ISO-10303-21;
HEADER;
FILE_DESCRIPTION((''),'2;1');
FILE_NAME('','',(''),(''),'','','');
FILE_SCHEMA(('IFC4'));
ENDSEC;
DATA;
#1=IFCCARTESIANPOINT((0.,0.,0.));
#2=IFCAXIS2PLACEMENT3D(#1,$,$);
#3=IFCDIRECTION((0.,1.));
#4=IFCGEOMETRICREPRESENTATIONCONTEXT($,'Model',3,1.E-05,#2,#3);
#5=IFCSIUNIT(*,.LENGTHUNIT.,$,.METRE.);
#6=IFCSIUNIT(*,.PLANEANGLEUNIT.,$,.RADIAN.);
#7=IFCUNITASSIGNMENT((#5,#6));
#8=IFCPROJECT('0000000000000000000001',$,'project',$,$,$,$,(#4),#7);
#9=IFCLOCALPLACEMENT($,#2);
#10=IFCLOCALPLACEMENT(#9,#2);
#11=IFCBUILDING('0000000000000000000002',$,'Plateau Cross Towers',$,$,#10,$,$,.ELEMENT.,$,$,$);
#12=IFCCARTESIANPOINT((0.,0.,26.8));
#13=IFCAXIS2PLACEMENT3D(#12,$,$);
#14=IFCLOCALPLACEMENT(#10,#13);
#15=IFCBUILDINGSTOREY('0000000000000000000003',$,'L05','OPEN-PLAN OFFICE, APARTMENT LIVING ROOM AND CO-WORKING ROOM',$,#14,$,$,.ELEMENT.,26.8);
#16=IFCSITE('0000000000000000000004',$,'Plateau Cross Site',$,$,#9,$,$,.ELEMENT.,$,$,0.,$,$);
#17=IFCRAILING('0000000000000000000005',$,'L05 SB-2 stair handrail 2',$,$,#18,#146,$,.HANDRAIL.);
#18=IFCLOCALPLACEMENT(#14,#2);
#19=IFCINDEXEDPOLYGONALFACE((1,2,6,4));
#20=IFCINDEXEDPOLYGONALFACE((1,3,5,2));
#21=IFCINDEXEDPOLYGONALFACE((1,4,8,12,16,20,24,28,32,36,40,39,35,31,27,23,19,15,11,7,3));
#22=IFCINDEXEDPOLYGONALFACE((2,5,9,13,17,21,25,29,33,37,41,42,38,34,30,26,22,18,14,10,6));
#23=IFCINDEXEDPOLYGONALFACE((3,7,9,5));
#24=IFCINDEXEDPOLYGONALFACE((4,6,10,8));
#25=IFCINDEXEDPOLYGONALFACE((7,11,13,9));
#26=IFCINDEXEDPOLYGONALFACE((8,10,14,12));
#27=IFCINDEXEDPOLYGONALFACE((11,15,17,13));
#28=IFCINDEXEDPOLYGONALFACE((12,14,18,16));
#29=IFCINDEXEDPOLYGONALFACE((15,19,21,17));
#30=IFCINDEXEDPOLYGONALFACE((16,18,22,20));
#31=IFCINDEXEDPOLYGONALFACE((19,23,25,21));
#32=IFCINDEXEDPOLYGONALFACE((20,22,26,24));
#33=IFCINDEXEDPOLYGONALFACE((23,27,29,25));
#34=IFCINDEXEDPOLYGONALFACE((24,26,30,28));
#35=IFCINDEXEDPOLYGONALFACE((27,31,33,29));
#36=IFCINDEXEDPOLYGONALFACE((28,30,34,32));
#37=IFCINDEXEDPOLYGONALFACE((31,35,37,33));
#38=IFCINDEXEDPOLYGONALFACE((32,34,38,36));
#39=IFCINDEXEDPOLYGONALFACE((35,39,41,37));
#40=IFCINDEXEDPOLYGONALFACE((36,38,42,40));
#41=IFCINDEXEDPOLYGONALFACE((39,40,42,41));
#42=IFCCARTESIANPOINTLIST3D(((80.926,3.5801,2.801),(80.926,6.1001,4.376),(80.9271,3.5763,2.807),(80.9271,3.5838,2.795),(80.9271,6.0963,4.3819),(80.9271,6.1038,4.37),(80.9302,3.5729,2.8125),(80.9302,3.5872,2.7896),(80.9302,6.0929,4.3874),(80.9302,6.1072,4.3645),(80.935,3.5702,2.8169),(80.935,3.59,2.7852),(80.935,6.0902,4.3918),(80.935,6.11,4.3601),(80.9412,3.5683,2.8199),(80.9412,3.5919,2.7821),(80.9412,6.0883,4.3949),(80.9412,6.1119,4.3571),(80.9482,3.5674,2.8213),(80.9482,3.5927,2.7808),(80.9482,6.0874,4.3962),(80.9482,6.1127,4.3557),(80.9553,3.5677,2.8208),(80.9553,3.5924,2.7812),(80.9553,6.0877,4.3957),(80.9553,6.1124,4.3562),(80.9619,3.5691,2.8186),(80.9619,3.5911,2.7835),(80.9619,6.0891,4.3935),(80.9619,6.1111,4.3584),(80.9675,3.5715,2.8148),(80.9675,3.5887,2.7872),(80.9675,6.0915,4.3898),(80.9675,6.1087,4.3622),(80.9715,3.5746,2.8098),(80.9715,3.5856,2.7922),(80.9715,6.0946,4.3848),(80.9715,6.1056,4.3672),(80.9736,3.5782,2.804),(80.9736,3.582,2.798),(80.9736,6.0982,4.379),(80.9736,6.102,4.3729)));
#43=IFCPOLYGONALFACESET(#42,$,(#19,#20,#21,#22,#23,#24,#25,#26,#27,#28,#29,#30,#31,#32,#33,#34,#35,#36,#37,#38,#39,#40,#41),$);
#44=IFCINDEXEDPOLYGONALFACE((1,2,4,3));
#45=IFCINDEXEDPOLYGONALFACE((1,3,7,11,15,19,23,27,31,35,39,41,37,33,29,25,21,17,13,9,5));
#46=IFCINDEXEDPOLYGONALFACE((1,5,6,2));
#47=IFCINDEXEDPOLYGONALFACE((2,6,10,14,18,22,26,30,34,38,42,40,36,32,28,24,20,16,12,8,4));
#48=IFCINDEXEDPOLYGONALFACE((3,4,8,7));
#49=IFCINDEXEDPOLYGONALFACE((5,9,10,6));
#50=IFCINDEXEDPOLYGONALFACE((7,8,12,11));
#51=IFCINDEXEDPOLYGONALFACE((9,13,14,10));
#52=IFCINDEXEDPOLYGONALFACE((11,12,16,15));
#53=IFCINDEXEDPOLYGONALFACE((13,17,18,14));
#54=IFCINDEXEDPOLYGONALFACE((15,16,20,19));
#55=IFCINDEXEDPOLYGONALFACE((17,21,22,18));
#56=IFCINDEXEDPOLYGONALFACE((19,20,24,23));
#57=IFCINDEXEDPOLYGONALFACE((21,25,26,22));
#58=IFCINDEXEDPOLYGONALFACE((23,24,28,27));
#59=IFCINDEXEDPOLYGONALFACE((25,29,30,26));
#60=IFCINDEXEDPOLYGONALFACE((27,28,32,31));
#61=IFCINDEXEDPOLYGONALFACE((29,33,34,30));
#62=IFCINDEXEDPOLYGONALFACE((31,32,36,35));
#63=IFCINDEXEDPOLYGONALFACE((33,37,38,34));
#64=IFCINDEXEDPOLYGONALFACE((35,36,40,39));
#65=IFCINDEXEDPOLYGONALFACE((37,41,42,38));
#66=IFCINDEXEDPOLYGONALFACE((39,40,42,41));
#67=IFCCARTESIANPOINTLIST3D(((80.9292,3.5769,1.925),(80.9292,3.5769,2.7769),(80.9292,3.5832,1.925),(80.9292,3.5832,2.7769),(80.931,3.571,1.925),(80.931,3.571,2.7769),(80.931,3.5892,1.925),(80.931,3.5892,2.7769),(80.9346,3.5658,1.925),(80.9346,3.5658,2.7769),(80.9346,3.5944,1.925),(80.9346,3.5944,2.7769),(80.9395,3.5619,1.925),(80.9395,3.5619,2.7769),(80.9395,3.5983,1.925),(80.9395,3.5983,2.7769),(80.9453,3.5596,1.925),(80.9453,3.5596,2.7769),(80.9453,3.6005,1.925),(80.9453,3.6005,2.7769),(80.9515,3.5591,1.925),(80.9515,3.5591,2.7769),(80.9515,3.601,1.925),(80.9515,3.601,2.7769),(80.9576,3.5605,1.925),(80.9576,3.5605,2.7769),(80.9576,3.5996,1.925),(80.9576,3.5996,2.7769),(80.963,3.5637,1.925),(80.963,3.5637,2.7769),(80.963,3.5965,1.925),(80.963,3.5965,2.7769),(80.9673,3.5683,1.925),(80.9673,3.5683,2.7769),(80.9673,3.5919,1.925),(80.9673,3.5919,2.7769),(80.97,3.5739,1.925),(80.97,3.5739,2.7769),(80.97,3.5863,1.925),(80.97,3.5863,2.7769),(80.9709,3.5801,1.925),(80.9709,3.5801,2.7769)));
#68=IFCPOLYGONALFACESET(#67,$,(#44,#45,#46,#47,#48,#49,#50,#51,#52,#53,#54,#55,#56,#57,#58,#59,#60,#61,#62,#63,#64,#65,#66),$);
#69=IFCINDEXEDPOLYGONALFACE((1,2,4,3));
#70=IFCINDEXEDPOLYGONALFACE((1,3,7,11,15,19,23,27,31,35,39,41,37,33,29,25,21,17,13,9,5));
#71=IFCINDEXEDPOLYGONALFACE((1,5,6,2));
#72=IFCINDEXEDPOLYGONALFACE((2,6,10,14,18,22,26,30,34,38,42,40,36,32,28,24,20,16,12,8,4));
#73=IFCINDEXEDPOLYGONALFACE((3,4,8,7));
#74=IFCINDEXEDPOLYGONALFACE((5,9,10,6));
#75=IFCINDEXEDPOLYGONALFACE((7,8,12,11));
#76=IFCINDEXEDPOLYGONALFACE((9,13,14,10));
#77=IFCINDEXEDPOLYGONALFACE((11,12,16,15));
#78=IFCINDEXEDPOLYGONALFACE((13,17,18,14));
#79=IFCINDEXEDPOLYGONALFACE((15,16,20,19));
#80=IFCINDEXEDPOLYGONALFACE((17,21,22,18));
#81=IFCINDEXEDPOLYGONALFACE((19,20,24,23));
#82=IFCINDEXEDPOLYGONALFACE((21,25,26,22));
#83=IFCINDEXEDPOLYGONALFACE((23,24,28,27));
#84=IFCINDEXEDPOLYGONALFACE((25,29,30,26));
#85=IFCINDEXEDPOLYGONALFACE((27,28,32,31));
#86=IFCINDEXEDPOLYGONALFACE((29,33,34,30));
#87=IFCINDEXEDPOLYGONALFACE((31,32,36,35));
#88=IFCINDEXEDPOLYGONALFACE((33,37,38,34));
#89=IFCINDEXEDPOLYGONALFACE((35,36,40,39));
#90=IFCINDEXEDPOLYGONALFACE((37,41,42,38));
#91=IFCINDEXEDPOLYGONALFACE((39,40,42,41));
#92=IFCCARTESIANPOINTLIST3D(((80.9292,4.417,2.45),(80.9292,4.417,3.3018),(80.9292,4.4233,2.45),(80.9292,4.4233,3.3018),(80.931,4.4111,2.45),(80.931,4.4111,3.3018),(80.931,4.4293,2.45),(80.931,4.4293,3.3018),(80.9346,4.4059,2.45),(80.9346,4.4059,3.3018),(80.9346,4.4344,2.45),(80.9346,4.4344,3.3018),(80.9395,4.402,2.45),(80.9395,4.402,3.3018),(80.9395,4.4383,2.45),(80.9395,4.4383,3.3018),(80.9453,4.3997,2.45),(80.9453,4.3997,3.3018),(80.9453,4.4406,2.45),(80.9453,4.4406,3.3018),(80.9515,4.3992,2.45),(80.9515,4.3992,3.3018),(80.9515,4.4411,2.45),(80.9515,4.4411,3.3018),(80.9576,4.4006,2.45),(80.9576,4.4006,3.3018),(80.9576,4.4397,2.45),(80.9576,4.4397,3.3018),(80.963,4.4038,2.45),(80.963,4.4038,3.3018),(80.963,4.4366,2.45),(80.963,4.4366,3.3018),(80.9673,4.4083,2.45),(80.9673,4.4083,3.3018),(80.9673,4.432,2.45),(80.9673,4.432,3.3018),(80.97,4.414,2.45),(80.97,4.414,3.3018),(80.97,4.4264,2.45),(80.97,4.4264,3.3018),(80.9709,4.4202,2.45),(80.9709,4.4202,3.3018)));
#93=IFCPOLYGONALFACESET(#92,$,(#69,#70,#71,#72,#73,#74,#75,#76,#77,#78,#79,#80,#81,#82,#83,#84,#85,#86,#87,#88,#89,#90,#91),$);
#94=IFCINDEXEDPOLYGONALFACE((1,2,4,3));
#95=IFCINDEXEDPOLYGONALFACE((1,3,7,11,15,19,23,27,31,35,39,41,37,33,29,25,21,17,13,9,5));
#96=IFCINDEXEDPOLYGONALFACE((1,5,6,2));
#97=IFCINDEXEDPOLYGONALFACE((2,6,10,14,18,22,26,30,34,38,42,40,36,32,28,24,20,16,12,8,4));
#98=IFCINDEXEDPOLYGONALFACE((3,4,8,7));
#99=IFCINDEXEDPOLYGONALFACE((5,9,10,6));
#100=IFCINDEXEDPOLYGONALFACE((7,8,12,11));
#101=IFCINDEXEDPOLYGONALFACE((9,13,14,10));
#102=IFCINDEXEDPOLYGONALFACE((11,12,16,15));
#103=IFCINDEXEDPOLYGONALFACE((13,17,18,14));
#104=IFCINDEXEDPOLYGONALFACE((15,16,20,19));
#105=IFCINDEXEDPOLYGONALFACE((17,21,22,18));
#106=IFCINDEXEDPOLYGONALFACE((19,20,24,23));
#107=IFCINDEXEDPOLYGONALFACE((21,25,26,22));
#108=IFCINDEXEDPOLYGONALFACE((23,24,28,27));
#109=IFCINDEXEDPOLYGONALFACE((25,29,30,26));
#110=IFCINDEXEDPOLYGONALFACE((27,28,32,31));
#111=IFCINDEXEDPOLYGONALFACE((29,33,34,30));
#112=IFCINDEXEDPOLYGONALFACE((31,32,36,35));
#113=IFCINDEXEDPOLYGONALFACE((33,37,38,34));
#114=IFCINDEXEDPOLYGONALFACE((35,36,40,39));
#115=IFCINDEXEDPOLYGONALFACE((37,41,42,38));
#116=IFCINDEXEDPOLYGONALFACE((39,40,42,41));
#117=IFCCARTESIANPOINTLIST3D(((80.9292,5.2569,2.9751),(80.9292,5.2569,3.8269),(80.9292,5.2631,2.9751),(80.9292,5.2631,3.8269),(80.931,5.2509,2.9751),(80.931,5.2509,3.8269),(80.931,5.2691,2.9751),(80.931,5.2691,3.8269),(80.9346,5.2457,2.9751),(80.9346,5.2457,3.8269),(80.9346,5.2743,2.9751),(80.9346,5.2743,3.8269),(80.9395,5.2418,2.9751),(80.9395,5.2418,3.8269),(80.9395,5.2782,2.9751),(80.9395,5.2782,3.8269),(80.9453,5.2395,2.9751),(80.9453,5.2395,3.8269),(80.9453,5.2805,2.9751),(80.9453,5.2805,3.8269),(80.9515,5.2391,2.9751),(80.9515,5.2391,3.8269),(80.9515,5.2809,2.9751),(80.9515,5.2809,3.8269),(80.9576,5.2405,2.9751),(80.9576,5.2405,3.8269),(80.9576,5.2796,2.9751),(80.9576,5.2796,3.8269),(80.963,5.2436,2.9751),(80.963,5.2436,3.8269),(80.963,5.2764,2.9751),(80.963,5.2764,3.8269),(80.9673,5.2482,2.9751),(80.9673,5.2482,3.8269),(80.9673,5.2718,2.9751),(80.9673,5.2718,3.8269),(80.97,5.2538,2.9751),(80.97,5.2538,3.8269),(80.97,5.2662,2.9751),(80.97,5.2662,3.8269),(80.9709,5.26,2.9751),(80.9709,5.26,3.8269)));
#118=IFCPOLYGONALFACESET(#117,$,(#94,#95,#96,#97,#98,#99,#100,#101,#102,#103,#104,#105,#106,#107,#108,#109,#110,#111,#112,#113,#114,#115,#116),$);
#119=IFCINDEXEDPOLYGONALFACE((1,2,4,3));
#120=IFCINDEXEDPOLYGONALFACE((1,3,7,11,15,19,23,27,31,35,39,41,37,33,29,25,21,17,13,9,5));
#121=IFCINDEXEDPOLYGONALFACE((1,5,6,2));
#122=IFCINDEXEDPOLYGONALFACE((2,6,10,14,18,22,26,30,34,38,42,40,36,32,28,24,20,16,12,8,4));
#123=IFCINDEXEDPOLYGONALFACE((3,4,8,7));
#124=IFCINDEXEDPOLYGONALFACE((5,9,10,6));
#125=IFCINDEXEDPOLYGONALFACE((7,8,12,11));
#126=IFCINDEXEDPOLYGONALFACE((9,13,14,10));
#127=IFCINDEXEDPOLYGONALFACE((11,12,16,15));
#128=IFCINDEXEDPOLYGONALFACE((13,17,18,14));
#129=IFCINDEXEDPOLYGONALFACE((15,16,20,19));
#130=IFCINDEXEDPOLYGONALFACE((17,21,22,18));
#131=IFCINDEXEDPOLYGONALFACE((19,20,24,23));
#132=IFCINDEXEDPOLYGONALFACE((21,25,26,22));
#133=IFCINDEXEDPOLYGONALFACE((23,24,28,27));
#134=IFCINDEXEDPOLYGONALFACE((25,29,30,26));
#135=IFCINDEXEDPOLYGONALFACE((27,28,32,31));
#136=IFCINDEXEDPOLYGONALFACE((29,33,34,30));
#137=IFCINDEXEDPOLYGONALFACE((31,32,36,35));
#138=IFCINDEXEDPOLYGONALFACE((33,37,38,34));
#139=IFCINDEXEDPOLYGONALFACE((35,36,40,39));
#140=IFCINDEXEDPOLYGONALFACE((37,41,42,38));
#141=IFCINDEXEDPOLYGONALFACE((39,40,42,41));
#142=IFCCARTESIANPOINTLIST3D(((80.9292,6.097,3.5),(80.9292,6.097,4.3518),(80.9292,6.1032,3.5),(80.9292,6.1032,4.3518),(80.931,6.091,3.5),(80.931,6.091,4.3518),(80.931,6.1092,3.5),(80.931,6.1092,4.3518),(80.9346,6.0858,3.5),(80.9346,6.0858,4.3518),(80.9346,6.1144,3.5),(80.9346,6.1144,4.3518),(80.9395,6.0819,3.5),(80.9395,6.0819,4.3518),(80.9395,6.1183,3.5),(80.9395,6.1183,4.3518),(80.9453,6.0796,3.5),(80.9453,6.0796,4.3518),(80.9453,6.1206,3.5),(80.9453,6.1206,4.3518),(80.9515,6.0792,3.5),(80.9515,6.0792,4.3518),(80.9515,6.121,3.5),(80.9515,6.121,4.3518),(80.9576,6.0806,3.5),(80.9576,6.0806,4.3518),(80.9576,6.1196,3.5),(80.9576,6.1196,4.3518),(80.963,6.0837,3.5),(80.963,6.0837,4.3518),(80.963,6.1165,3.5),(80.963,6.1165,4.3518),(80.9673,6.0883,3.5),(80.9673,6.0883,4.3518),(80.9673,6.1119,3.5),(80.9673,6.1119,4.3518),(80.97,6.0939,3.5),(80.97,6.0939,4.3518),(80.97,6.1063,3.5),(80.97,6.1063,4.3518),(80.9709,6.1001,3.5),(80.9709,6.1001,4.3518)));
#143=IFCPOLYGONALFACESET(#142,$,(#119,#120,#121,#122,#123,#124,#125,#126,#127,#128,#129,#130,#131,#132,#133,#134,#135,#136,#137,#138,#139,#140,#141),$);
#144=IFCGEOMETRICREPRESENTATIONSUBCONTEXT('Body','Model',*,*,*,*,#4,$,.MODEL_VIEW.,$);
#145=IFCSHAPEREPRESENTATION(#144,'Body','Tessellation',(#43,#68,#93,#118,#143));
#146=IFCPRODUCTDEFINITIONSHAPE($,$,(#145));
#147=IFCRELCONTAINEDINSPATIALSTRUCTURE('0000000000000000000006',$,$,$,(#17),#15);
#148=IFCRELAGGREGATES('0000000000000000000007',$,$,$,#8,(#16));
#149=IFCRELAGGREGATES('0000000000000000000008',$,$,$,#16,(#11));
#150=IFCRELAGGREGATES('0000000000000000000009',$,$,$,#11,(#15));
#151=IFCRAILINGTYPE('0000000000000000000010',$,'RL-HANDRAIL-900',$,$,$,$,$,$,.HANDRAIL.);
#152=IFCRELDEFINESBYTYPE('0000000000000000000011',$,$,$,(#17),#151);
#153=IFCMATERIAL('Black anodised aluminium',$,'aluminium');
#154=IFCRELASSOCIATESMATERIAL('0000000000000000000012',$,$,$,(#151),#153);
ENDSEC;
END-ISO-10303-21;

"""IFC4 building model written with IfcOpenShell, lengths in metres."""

from ifc_helpers import new_model, si_unit, direction, frame, origin, origin_2d, place, context, subcontext, project, spatial, circle, extrude, material, type_object, element, save


model = new_model("IFC4")

# Units and contexts
model_context = context("Model", 3, precision=1e-05, world=origin(), true_north=direction((0.0, 1.0)))
body_context = subcontext(model_context, "Body", "Model", "MODEL_VIEW")
ifc_project = project(units=[si_unit("LENGTHUNIT", "METRE"), si_unit("PLANEANGLEUNIT", "RADIAN")], contexts=[model_context])

# Site, building, storey
site_placement = place(None, origin())
site = spatial("IfcSite", under=ifc_project, at=site_placement, Name="Plateau Cross Site", CompositionType="ELEMENT", RefElevation=0.0)
building_placement = place(site_placement, origin())
building = spatial("IfcBuilding", under=site, at=building_placement, Name="Plateau Cross Towers", CompositionType="ELEMENT")
storey_placement = place(building_placement, frame((0.0, 0.0, 26.8)))
storey = spatial("IfcBuildingStorey", under=building, at=storey_placement, Name="L05", Description="OPEN-PLAN OFFICE, APARTMENT LIVING ROOM AND CO-WORKING ROOM", CompositionType="ELEMENT", Elevation=26.8)

# Railing
ifc_material_1 = material(Name="Black anodised aluminium", Category="aluminium")
railing_type_1 = type_object("IfcRailingType", Name="RL-HANDRAIL-900", PredefinedType="HANDRAIL", material=ifc_material_1)
railing_1_placement = place(storey_placement, frame((80.95, 3.5801, 1.925)))
element("IfcRailing", 1, at=railing_1_placement, inside=storey, type_object=railing_type_1, Name="L05 SB-2 stair handrail 2", PredefinedType="HANDRAIL", context=body_context, shape_type="SweptSolid", body=[
    extrude(circle(Radius=0.0239, at=origin_2d()), frame((0.0, 0.0, 0.876), z_axis=(0.0, 0.848008, 0.529984), x_axis=(-1.0, 0.0, 0.0)), (0.0, 0.0, 1.0), 2.9717),
    extrude(circle(Radius=0.021, at=origin_2d()), origin(), (0.0, 0.0, 1.0), 0.8518),
    extrude(circle(Radius=0.021, at=origin_2d()), frame((0.0, 0.8401, 0.5249)), (0.0, 0.0, 1.0), 0.8518),
    extrude(circle(Radius=0.021, at=origin_2d()), frame((0.0, 1.6799, 1.05)), (0.0, 0.0, 1.0), 0.8518),
    extrude(circle(Radius=0.021, at=origin_2d()), frame((0.0, 2.52, 1.575)), (0.0, 0.0, 1.0), 0.8518),
])

save(model, "model.ifc")
